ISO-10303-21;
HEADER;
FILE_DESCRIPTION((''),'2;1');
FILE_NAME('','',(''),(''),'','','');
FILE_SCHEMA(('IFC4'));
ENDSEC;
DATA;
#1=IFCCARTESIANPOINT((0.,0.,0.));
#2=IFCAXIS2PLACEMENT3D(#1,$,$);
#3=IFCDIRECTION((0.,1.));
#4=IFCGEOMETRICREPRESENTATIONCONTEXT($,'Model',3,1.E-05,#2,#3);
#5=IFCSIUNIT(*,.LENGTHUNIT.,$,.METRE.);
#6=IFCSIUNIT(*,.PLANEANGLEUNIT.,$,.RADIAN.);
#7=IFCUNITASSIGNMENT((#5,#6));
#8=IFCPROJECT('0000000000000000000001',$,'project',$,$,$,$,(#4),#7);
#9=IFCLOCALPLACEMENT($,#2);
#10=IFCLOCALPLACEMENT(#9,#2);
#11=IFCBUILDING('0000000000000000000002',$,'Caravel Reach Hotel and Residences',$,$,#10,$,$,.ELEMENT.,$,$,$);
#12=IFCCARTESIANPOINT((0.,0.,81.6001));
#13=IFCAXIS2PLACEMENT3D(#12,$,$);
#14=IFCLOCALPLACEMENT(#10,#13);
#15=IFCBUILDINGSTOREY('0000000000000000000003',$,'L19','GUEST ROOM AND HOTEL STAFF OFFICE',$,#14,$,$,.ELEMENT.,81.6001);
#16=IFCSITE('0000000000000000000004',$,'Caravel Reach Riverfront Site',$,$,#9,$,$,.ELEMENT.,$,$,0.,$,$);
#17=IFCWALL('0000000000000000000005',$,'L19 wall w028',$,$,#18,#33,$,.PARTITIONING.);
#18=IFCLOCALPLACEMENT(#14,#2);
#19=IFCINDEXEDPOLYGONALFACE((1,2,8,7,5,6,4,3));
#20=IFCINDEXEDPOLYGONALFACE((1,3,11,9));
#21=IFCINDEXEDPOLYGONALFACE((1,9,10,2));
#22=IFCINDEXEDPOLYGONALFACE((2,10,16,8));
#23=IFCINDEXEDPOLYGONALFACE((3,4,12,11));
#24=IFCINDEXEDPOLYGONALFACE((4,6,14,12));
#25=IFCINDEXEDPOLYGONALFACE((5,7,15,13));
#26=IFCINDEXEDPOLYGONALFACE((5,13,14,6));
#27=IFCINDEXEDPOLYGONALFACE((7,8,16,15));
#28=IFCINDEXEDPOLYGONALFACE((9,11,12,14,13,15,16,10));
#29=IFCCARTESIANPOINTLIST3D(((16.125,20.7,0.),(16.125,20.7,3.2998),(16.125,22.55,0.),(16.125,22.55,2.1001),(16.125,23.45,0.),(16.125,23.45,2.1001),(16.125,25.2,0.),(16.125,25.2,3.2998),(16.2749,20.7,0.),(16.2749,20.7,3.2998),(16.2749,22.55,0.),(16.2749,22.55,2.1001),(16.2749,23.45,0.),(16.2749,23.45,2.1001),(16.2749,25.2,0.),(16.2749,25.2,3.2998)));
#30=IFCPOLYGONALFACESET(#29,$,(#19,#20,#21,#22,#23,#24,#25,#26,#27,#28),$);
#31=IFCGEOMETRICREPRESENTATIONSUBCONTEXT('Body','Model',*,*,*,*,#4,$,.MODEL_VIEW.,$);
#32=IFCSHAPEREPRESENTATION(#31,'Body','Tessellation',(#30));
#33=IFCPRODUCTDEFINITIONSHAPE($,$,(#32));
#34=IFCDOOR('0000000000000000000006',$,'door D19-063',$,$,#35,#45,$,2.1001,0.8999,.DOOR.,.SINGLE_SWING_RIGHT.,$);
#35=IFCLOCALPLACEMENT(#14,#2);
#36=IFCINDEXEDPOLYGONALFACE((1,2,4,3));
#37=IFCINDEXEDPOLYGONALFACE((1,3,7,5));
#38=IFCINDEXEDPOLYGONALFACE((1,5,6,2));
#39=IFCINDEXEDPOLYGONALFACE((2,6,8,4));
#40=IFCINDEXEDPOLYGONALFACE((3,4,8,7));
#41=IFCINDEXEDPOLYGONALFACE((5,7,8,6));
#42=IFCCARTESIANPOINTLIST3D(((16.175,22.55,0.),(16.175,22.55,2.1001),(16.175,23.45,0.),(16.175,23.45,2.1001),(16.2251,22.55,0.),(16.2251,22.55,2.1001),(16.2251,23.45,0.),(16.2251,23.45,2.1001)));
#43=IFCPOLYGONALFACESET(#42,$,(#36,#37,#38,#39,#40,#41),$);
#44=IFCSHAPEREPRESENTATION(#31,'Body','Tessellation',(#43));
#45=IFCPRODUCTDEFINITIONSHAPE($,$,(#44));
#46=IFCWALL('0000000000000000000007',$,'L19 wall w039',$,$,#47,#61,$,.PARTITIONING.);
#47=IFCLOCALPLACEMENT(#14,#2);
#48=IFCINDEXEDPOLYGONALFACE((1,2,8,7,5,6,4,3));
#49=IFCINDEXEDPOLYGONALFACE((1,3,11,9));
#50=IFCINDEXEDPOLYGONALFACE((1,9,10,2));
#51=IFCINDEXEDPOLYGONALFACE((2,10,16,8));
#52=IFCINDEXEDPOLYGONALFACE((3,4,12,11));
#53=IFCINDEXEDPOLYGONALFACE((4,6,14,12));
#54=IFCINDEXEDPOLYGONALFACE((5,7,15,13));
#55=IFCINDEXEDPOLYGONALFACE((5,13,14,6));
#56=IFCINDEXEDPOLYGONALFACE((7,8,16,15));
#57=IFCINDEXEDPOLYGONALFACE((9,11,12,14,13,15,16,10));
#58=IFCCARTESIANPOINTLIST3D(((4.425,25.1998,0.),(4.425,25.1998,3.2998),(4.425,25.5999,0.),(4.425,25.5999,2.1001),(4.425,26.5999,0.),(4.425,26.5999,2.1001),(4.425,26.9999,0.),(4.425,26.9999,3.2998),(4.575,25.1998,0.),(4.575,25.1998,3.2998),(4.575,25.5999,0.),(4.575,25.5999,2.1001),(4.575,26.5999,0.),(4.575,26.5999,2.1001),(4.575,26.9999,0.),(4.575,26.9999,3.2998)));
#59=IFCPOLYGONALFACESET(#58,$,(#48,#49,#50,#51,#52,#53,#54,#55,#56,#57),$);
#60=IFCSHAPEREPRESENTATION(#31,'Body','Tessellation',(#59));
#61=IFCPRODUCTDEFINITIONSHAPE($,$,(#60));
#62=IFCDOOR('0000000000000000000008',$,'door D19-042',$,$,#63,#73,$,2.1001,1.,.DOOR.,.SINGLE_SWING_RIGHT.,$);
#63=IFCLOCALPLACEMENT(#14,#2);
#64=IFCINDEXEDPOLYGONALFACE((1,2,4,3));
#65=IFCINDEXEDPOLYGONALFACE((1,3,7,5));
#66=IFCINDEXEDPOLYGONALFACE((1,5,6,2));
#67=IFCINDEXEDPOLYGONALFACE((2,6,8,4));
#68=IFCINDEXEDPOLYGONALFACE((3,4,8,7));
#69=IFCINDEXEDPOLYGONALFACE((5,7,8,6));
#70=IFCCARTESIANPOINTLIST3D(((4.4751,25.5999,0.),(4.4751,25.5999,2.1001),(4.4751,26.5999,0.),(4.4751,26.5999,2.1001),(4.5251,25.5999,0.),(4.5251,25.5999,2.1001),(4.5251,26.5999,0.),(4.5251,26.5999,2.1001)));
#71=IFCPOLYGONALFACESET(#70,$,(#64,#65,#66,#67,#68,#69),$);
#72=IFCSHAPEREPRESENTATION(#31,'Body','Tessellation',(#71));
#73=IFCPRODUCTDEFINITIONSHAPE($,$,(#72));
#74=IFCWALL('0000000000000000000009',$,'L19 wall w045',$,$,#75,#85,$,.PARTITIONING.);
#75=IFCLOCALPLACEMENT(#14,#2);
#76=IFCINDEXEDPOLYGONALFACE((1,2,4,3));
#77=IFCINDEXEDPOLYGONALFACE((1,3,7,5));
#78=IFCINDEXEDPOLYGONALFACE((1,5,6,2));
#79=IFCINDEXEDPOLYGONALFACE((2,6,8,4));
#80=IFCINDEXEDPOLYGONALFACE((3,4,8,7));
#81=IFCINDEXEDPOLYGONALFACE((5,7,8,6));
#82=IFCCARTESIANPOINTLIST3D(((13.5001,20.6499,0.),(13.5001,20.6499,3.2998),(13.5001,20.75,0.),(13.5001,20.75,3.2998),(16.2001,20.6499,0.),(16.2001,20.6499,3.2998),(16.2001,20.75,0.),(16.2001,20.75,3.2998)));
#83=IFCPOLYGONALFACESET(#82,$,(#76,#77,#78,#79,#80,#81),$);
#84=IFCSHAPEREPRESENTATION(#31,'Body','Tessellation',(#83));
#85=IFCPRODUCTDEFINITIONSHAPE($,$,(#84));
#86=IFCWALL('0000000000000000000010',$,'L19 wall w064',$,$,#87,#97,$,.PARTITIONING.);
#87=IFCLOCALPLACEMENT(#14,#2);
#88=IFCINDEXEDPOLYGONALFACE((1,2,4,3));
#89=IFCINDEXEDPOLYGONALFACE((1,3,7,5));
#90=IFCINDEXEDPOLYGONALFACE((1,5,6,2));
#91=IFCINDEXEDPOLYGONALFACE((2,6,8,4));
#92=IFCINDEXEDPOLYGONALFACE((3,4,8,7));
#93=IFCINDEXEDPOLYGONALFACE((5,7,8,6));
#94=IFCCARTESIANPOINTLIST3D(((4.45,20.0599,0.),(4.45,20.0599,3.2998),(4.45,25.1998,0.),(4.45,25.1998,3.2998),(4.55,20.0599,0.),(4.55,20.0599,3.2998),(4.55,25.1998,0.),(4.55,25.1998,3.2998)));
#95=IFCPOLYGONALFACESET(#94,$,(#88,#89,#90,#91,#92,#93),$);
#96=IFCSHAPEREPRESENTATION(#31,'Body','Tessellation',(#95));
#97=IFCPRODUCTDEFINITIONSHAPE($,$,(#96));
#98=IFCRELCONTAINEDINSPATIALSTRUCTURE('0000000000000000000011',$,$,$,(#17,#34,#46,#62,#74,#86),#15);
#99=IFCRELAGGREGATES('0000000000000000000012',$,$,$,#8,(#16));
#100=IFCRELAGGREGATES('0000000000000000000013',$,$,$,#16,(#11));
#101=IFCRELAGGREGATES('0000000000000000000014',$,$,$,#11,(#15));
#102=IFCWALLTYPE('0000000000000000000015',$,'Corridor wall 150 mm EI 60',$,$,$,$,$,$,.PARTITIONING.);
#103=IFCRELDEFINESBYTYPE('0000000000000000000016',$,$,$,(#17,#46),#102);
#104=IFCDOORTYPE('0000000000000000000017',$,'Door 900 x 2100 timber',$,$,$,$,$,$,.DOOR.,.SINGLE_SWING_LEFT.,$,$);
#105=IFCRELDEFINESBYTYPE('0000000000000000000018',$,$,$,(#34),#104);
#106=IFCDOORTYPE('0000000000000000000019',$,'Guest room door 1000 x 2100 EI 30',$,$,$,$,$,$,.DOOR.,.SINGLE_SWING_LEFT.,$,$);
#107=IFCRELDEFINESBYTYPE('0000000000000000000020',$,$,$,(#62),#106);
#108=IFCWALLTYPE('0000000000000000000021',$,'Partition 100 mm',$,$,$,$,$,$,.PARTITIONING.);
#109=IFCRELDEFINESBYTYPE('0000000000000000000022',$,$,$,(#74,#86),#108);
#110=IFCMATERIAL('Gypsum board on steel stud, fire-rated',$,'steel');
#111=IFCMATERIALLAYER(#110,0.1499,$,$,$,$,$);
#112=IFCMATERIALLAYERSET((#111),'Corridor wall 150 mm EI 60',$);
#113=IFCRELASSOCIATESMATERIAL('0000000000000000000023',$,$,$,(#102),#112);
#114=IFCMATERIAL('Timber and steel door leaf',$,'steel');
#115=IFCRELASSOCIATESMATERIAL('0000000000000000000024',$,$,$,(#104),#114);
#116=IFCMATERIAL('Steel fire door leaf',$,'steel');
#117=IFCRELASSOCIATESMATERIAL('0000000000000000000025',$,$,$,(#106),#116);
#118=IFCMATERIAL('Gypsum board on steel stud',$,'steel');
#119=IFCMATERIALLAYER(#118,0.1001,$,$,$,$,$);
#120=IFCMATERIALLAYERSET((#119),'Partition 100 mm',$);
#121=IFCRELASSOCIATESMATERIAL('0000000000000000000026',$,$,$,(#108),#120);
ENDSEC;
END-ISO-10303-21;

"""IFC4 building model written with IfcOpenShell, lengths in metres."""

from ifc_helpers import new_model, si_unit, direction, frame, frame_2d, origin, place, context, subcontext, project, spatial, rectangle, extrude, material, layer, layer_set, type_object, element, fill, save


model = new_model("IFC4")

# Units and contexts
model_context = context("Model", 3, precision=1e-05, world=origin(), true_north=direction((0.0, 1.0)))
body_context = subcontext(model_context, "Body", "Model", "MODEL_VIEW")
ifc_project = project(units=[si_unit("LENGTHUNIT", "METRE"), si_unit("PLANEANGLEUNIT", "RADIAN")], contexts=[model_context])

# Site, building, storey
site_placement = place(None, origin())
site = spatial("IfcSite", under=ifc_project, at=site_placement, Name="Caravel Reach Riverfront Site", CompositionType="ELEMENT", RefElevation=0.0)
building_placement = place(site_placement, origin())
building = spatial("IfcBuilding", under=site, at=building_placement, Name="Caravel Reach Hotel and Residences", CompositionType="ELEMENT")
storey_placement = place(building_placement, frame((0.0, 0.0, 81.6001)))
storey = spatial("IfcBuildingStorey", under=building, at=storey_placement, Name="L19", Description="GUEST ROOM AND HOTEL STAFF OFFICE", CompositionType="ELEMENT", Elevation=81.6001)

# Shared definitions
ifc_material_1 = material(Name="Gypsum board on steel stud, fire-rated", Category="steel")
ifc_layer_1 = layer(ifc_material_1, 0.1499)
ifc_layer_set_1 = layer_set([ifc_layer_1], Name="Corridor wall 150 mm EI 60")
wall_type_1 = type_object("IfcWallType", Name="Corridor wall 150 mm EI 60", PredefinedType="PARTITIONING", material=ifc_layer_set_1)
ifc_material_2 = material(Name="Timber and steel door leaf", Category="steel")
door_type_1 = type_object("IfcDoorType", Name="Door 900 x 2100 timber", OperationType="SINGLE_SWING_LEFT", PredefinedType="DOOR", material=ifc_material_2)
ifc_material_3 = material(Name="Steel fire door leaf", Category="steel")
door_type_2 = type_object("IfcDoorType", Name="Guest room door 1000 x 2100 EI 30", OperationType="SINGLE_SWING_LEFT", PredefinedType="DOOR", material=ifc_material_3)

# Walls, openings, doors
wall_1_placement = place(storey_placement, frame((16.2, 20.7, 0.0), z_axis=(0.0, 0.0, 1.0), x_axis=(0.0, 1.0, 0.0)))
wall_1 = element("IfcWall", 1, at=wall_1_placement, inside=storey, type_object=wall_type_1, Name="L19 wall w028", PredefinedType="PARTITIONING", context=body_context, shape_type="SweptSolid", body=[
    extrude(rectangle(XDim=4.5, YDim=0.1499, at=frame_2d((2.25, 0.0))), origin(), (0.0, 0.0, 1.0), 3.2998),
])
opening_1_placement = place(wall_1_placement, frame((1.8501, 0.0, 0.0)))
opening_1 = element("IfcOpeningElement", 2, at=opening_1_placement, cuts=wall_1, PredefinedType="OPENING", context=body_context, shape_type="SweptSolid", body=[
    extrude(rectangle(XDim=0.8999, YDim=2.1001, at=frame_2d((0.45, 1.05))), frame((0.0, 0.085, 0.0), z_axis=(0.0, -1.0, 0.0), x_axis=(1.0, 0.0, 0.0)), (0.0, 0.0, 1.0), 0.1699),
])
door_1_placement = place(opening_1_placement, origin())
door_1 = element("IfcDoor", 3, at=door_1_placement, inside=storey, type_object=door_type_1, Name="door D19-063", OperationType="SINGLE_SWING_RIGHT", OverallHeight=2.1001, OverallWidth=0.8999, PredefinedType="DOOR", context=body_context, shape_type="SweptSolid", body=[
    extrude(rectangle(XDim=0.8999, YDim=2.1001, at=frame_2d((0.45, 1.05))), frame((0.0, 0.0249, 0.0), z_axis=(0.0, -1.0, 0.0), x_axis=(1.0, 0.0, 0.0)), (0.0, 0.0, 1.0), 0.05),
])
fill(opening_1, door_1)
wall_2_placement = place(storey_placement, frame((4.5, 25.2, 0.0), z_axis=(0.0, 0.0, 1.0), x_axis=(0.0, 1.0, 0.0)))
wall_2 = element("IfcWall", 4, at=wall_2_placement, inside=storey, type_object=wall_type_1, Name="L19 wall w039", PredefinedType="PARTITIONING", context=body_context, shape_type="SweptSolid", body=[
    extrude(rectangle(XDim=1.8, YDim=0.1499, at=frame_2d((0.8999, 0.0))), origin(), (0.0, 0.0, 1.0), 3.2998),
])
opening_2_placement = place(wall_2_placement, frame((0.3999, 0.0, 0.0)))
opening_2 = element("IfcOpeningElement", 5, at=opening_2_placement, cuts=wall_2, PredefinedType="OPENING", context=body_context, shape_type="SweptSolid", body=[
    extrude(rectangle(XDim=1.0, YDim=2.1001, at=frame_2d((0.5, 1.05))), frame((0.0, 0.085, 0.0), z_axis=(0.0, -1.0, 0.0), x_axis=(1.0, 0.0, 0.0)), (0.0, 0.0, 1.0), 0.1699),
])
door_2_placement = place(opening_2_placement, origin())
door_2 = element("IfcDoor", 6, at=door_2_placement, inside=storey, type_object=door_type_2, Name="door D19-042", OperationType="SINGLE_SWING_RIGHT", OverallHeight=2.1001, OverallWidth=1.0, PredefinedType="DOOR", context=body_context, shape_type="SweptSolid", body=[
    extrude(rectangle(XDim=1.0, YDim=2.1001, at=frame_2d((0.5, 1.05))), frame((0.0, 0.0249, 0.0), z_axis=(0.0, -1.0, 0.0), x_axis=(1.0, 0.0, 0.0)), (0.0, 0.0, 1.0), 0.05),
])
fill(opening_2, door_2)

# Walls
ifc_material_4 = material(Name="Gypsum board on steel stud", Category="steel")
ifc_layer_2 = layer(ifc_material_4, 0.1001)
ifc_layer_set_2 = layer_set([ifc_layer_2], Name="Partition 100 mm")
wall_type_2 = type_object("IfcWallType", Name="Partition 100 mm", PredefinedType="PARTITIONING", material=ifc_layer_set_2)
wall_3_placement = place(storey_placement, frame((13.5, 20.7, 0.0), z_axis=(0.0, 0.0, 1.0), x_axis=(1.0, 0.0, 0.0)))
element("IfcWall", 7, at=wall_3_placement, inside=storey, type_object=wall_type_2, Name="L19 wall w045", PredefinedType="PARTITIONING", context=body_context, shape_type="SweptSolid", body=[
    extrude(rectangle(XDim=2.7, YDim=0.1001, at=frame_2d((1.3501, 0.0))), origin(), (0.0, 0.0, 1.0), 3.2998),
])
wall_4_placement = place(storey_placement, frame((4.5, 20.0601, 0.0), z_axis=(0.0, 0.0, 1.0), x_axis=(0.0, 1.0, 0.0)))
element("IfcWall", 8, at=wall_4_placement, inside=storey, type_object=wall_type_2, Name="L19 wall w064", PredefinedType="PARTITIONING", context=body_context, shape_type="SweptSolid", body=[
    extrude(rectangle(XDim=5.1399, YDim=0.1001, at=frame_2d((2.5698, 0.0))), origin(), (0.0, 0.0, 1.0), 3.2998),
])

save(model, "model.ifc")
